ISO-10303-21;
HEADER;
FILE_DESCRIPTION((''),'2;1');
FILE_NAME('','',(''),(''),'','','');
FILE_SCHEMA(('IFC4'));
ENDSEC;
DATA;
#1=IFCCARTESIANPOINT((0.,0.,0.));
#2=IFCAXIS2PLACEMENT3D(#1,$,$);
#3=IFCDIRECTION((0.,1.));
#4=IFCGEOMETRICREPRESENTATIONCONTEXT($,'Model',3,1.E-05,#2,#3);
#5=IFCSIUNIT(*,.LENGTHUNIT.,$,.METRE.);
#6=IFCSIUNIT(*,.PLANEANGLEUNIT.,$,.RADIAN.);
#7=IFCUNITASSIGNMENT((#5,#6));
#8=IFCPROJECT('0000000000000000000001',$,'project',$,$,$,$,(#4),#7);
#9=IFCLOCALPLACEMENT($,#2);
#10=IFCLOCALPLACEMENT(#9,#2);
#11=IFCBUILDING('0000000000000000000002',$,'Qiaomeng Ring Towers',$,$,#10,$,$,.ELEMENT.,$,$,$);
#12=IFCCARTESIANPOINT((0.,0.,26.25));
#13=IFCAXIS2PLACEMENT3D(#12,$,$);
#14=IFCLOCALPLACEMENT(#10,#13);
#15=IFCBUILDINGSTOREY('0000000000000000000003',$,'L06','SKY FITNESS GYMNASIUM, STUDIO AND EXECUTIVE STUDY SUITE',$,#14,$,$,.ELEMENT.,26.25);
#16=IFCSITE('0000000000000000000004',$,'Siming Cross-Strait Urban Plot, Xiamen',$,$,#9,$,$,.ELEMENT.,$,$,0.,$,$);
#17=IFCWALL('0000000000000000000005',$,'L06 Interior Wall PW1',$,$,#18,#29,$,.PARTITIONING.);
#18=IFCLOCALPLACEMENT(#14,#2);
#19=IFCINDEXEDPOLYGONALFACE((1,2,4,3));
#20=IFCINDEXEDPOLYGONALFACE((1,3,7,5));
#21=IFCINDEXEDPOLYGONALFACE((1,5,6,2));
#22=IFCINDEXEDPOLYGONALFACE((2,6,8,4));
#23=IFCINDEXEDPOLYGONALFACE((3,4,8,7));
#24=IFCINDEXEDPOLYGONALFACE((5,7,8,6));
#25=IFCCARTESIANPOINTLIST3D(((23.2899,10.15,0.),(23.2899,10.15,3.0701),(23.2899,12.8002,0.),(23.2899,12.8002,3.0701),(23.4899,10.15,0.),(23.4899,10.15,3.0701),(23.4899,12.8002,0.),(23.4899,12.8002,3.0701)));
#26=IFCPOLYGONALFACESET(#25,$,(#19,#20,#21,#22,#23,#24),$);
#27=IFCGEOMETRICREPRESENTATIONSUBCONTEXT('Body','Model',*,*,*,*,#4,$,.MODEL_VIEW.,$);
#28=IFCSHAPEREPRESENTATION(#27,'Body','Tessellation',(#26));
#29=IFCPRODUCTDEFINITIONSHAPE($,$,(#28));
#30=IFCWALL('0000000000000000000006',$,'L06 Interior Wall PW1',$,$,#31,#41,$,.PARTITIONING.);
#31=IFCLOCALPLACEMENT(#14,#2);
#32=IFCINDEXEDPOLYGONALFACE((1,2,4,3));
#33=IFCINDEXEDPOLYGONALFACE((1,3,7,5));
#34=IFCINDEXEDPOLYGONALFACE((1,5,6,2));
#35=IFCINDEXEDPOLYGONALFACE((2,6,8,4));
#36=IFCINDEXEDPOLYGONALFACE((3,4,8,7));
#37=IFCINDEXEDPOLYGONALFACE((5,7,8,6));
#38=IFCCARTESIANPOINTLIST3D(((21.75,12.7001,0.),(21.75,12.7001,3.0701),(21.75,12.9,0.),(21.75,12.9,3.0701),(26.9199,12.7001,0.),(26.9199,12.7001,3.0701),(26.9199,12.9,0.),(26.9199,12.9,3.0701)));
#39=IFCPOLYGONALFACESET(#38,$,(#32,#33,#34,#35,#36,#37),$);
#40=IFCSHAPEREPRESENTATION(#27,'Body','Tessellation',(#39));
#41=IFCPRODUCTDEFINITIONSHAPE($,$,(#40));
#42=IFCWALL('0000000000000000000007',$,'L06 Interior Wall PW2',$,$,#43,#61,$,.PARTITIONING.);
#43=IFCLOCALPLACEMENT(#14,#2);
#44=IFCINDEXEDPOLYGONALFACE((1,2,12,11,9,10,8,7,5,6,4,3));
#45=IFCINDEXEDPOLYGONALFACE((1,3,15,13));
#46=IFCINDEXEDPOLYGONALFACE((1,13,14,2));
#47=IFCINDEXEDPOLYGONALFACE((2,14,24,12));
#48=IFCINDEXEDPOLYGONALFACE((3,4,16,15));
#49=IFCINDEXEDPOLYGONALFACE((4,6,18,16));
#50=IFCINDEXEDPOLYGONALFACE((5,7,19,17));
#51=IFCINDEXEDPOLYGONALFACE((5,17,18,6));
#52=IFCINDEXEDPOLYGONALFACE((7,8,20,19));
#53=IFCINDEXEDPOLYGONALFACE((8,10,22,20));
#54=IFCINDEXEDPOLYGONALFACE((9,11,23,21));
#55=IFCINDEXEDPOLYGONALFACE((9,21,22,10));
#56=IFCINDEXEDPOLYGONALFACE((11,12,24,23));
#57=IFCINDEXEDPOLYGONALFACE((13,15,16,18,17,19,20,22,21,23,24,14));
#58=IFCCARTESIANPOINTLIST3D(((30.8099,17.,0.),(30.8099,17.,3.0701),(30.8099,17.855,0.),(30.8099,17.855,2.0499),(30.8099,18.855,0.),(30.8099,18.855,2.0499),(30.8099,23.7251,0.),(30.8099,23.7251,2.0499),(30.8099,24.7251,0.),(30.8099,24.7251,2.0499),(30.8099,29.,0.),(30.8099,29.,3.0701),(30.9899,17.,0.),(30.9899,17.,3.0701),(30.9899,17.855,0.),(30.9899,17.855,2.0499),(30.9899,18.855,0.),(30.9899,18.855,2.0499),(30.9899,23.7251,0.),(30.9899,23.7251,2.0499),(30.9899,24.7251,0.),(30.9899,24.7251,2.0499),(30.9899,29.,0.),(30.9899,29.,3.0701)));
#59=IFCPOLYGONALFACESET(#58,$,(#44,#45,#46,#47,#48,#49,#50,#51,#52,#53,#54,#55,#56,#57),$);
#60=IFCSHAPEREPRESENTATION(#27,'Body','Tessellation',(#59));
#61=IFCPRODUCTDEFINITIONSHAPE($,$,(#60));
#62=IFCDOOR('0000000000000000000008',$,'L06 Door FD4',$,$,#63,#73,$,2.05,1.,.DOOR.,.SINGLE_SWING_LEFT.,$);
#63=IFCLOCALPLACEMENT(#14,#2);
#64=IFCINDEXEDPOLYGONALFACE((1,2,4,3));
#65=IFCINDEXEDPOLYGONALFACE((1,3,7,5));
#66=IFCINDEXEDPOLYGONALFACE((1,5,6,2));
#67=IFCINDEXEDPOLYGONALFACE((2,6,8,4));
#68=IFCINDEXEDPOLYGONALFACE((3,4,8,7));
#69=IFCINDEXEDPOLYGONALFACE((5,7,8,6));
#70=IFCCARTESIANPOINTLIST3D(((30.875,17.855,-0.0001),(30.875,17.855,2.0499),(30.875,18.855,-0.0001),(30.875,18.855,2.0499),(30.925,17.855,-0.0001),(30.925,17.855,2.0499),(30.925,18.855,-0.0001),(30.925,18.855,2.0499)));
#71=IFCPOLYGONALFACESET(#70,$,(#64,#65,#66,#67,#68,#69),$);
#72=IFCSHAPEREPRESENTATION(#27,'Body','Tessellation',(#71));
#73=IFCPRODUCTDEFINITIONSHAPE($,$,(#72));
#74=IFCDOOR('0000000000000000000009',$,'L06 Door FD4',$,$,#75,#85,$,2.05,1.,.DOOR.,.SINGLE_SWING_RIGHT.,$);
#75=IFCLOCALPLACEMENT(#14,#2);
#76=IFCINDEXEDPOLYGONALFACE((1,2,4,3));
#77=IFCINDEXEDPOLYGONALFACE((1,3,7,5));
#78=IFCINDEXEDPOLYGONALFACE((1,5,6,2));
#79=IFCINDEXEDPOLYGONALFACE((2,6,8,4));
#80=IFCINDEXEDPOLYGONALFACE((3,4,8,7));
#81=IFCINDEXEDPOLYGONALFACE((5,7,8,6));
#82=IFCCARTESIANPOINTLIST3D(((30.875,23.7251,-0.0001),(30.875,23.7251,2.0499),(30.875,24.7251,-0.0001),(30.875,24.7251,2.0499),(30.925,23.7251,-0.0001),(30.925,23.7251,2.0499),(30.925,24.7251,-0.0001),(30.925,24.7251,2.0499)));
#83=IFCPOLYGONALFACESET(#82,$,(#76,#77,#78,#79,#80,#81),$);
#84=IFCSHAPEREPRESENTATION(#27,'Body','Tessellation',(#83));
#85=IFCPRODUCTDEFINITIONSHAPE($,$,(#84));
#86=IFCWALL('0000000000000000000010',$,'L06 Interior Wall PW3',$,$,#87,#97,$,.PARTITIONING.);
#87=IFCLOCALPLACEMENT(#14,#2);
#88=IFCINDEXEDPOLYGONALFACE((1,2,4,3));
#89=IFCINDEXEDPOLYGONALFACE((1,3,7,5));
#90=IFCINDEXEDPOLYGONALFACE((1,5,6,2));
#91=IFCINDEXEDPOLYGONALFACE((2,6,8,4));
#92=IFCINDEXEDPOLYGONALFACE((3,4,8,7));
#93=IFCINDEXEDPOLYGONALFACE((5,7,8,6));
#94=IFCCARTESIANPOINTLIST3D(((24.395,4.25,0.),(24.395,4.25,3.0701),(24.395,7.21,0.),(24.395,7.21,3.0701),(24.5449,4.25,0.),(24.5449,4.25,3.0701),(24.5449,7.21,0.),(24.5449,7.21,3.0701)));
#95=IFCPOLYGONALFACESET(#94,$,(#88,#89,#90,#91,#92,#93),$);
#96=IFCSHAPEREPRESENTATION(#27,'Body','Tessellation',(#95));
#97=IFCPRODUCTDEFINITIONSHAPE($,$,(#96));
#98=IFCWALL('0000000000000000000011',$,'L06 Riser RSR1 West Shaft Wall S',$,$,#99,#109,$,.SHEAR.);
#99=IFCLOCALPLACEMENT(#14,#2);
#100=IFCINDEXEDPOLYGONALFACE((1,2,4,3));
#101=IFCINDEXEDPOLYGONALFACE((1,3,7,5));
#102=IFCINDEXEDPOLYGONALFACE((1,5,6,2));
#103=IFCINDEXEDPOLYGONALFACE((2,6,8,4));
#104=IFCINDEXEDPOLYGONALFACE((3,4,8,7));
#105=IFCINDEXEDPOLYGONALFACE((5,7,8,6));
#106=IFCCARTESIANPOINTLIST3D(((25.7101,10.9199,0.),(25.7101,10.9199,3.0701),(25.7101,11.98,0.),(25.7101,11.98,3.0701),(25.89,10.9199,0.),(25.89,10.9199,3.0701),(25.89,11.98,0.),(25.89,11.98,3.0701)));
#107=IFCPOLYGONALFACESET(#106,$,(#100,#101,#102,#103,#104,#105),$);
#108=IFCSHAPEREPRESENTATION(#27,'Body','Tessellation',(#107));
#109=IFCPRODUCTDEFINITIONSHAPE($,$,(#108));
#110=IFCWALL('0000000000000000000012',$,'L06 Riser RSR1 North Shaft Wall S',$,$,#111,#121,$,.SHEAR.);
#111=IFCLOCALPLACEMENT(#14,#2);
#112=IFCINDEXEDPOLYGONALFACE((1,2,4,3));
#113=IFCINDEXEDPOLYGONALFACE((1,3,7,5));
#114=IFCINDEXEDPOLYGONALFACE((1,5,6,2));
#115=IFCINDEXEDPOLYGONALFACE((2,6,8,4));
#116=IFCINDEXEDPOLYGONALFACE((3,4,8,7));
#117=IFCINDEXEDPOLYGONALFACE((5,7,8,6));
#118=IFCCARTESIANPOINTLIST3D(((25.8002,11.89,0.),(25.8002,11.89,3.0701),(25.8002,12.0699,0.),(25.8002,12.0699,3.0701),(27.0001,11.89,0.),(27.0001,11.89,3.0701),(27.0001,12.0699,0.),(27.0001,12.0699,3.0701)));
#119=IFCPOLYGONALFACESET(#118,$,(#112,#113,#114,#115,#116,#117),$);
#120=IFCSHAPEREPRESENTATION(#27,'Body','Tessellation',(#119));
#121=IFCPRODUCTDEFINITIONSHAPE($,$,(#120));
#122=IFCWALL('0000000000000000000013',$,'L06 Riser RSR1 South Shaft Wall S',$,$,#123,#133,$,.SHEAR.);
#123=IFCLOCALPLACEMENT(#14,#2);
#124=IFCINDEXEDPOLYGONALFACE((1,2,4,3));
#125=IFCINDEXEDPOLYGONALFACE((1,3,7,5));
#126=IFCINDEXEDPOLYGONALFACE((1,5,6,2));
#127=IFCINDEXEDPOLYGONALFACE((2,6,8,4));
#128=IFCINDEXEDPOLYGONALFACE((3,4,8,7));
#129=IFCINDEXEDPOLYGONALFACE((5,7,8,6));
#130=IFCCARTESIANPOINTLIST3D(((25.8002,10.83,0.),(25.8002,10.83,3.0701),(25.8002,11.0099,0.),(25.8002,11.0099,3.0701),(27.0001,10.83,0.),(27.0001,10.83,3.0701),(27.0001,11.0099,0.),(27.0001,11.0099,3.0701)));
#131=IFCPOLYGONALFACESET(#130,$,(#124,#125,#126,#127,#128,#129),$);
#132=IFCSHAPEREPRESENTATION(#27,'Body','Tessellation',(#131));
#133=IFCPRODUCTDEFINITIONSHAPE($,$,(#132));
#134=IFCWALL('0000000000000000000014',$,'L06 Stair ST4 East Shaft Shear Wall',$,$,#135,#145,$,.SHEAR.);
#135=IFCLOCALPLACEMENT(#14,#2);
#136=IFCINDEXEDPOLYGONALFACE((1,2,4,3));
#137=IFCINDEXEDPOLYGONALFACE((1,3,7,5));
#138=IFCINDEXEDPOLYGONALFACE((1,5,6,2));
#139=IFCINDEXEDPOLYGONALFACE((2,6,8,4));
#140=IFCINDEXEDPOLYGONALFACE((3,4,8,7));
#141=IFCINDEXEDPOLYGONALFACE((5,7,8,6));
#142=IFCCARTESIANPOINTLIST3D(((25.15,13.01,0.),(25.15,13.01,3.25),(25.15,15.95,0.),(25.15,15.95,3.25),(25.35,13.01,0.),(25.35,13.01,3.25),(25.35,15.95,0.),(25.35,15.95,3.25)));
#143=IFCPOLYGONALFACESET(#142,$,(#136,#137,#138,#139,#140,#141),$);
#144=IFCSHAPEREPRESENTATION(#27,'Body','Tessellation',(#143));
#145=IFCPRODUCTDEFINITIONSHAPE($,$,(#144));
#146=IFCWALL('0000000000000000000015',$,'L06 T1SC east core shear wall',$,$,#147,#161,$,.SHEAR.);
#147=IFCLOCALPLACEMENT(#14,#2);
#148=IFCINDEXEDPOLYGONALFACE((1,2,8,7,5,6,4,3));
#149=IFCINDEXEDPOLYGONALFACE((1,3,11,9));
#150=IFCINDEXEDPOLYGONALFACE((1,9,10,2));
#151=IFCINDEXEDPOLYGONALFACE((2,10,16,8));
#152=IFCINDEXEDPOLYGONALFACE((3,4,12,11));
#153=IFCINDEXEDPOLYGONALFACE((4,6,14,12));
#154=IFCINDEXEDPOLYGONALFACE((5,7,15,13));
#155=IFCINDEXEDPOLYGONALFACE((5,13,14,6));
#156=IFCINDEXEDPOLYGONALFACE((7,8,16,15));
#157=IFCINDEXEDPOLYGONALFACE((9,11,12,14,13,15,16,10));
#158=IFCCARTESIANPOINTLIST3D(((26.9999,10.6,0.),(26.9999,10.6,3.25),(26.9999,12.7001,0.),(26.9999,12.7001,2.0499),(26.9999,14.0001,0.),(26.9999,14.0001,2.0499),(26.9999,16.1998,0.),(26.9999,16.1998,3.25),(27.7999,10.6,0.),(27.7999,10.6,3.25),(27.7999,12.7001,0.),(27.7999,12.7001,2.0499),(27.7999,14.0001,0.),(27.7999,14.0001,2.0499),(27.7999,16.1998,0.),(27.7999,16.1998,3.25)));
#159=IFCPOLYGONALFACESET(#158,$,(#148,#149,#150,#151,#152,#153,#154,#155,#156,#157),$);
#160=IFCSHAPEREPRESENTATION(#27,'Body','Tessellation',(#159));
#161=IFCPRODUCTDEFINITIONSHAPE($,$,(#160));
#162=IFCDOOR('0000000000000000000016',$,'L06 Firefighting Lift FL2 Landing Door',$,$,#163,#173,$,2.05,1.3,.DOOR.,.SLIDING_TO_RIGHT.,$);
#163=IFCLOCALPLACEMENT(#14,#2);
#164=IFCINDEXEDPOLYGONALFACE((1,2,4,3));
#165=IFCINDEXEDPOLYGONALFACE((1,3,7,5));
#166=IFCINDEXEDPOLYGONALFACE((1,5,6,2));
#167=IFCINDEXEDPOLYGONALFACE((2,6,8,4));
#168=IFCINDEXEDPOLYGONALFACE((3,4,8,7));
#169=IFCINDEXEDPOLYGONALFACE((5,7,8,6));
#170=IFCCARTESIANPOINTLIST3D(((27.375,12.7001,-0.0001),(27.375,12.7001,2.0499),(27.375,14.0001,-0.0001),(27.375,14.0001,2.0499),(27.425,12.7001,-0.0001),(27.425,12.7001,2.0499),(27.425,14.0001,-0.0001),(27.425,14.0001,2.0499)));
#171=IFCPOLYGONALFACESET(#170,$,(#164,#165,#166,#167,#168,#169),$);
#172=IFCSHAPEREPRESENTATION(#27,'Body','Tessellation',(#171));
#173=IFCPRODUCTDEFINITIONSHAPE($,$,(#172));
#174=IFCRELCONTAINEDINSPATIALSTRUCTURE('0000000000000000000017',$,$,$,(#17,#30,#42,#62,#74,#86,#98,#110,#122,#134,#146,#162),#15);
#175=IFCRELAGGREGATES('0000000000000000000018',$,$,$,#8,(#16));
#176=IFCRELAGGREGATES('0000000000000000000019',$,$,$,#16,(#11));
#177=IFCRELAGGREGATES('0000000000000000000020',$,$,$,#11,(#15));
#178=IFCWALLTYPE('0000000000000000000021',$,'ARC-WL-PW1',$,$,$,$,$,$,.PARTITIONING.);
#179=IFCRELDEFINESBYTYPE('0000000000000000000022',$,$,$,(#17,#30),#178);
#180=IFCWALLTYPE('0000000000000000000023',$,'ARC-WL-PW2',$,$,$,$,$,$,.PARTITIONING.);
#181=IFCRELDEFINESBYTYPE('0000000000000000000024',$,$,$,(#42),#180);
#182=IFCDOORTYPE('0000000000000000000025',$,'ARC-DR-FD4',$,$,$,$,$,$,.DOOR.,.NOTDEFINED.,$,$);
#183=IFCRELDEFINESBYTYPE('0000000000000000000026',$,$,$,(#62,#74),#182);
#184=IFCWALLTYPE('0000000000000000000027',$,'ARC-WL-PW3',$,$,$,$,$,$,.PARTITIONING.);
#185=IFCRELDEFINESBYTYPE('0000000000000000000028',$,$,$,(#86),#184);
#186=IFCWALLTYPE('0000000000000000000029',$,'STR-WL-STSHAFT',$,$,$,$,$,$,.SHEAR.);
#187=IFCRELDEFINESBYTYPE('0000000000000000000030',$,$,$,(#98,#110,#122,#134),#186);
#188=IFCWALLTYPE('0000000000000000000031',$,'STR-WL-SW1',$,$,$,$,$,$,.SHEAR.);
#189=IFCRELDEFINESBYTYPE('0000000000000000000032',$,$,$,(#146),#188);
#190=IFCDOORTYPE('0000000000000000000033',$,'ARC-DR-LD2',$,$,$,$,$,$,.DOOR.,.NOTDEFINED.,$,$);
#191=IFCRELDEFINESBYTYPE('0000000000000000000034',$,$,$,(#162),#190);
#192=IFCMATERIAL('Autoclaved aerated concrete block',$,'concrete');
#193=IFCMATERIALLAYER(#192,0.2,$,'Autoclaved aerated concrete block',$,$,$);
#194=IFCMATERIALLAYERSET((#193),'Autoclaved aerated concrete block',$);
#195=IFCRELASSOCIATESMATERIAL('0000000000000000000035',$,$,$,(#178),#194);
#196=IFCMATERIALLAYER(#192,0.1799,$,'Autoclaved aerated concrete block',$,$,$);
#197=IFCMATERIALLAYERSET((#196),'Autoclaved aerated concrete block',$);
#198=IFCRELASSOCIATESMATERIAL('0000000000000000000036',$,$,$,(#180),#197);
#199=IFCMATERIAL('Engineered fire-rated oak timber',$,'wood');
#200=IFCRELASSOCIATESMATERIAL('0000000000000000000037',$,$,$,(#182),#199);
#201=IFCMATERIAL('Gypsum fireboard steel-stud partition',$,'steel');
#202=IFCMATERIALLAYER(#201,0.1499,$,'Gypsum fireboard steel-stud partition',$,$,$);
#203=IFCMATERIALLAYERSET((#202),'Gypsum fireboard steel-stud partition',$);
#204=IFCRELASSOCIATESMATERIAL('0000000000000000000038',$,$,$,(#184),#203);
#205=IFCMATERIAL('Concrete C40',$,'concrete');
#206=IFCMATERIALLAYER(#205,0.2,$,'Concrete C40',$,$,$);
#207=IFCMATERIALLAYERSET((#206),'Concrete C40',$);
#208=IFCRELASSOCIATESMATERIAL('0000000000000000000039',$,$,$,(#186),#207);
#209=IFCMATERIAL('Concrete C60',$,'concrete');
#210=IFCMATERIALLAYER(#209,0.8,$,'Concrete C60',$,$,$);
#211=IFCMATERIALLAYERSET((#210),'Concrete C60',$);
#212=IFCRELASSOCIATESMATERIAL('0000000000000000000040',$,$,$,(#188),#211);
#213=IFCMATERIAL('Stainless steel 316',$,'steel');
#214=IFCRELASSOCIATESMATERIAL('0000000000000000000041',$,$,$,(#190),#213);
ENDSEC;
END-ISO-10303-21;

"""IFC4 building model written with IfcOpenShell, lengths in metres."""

from ifc_helpers import new_model, si_unit, direction, frame, frame_2d, origin, place, context, subcontext, project, spatial, rectangle, extrude, source, transform, mapped, material, layer, layer_set, type_object, element, fill, save


model = new_model("IFC4")

# Units and contexts
model_context = context("Model", 3, precision=1e-05, world=origin(), true_north=direction((0.0, 1.0)))
body_context = subcontext(model_context, "Body", "Model", "MODEL_VIEW")
ifc_project = project(units=[si_unit("LENGTHUNIT", "METRE"), si_unit("PLANEANGLEUNIT", "RADIAN")], contexts=[model_context])

# Site, building, storey
site_placement = place(None, origin())
site = spatial("IfcSite", under=ifc_project, at=site_placement, Name="Siming Cross-Strait Urban Plot, Xiamen", CompositionType="ELEMENT", RefElevation=0.0)
building_placement = place(site_placement, origin())
building = spatial("IfcBuilding", under=site, at=building_placement, Name="Qiaomeng Ring Towers", CompositionType="ELEMENT")
storey_placement = place(building_placement, frame((0.0, 0.0, 26.25)))
storey = spatial("IfcBuildingStorey", under=building, at=storey_placement, Name="L06", Description="SKY FITNESS GYMNASIUM, STUDIO AND EXECUTIVE STUDY SUITE", CompositionType="ELEMENT", Elevation=26.25)

# Shared definitions
ifc_material_1 = material(Name="Concrete C60", Category="concrete")

# Shared definitions
ifc_material_2 = material(Name="Autoclaved aerated concrete block", Category="concrete")
ifc_layer_1 = layer(ifc_material_2, 0.2, Name="Autoclaved aerated concrete block")
ifc_layer_set_1 = layer_set([ifc_layer_1], Name="Autoclaved aerated concrete block")
wall_type_1 = type_object("IfcWallType", Name="ARC-WL-PW1", PredefinedType="PARTITIONING", material=ifc_layer_set_1)

# Walls
wall_1_placement = place(storey_placement, frame((23.3899, 10.1499, 0.0), z_axis=(0.0, 0.0, 1.0), x_axis=(0.0, 1.0, 0.0)))
element("IfcWall", 1, at=wall_1_placement, inside=storey, type_object=wall_type_1, Name="L06 Interior Wall PW1", PredefinedType="PARTITIONING", context=body_context, shape_type="SweptSolid", body=[
    extrude(rectangle(XDim=2.6501, YDim=0.2, at=frame_2d((1.3252, 0.0))), origin(), (0.0, 0.0, 1.0), 3.0701),
])
wall_2_placement = place(storey_placement, frame((21.75, 12.8, 0.0), z_axis=(0.0, 0.0, 1.0), x_axis=(1.0, 0.0, 0.0)))
element("IfcWall", 2, at=wall_2_placement, inside=storey, type_object=wall_type_1, Name="L06 Interior Wall PW1", PredefinedType="PARTITIONING", context=body_context, shape_type="SweptSolid", body=[
    extrude(rectangle(XDim=5.1699, YDim=0.2, at=frame_2d((2.585, 0.0))), origin(), (0.0, 0.0, 1.0), 3.0701),
])

# Wall, openings, doors
ifc_layer_2 = layer(ifc_material_2, 0.1799, Name="Autoclaved aerated concrete block")
ifc_layer_set_2 = layer_set([ifc_layer_2], Name="Autoclaved aerated concrete block")
wall_type_2 = type_object("IfcWallType", Name="ARC-WL-PW2", PredefinedType="PARTITIONING", material=ifc_layer_set_2)
wall_3_placement = place(storey_placement, frame((30.8999, 17.0, 0.0), z_axis=(0.0, 0.0, 1.0), x_axis=(0.0, 1.0, 0.0)))
wall_3 = element("IfcWall", 3, at=wall_3_placement, inside=storey, type_object=wall_type_2, Name="L06 Interior Wall PW2", PredefinedType="PARTITIONING", context=body_context, shape_type="SweptSolid", body=[
    extrude(rectangle(XDim=12.0, YDim=0.1799, at=frame_2d((6.0, 0.0))), origin(), (0.0, 0.0, 1.0), 3.0701),
])
opening_1_placement = place(wall_3_placement, frame((0.855, 0.0, 0.0)))
opening_1 = element("IfcOpeningElement", 4, at=opening_1_placement, cuts=wall_3, PredefinedType="OPENING", context=body_context, shape_type="SweptSolid", body=[
    extrude(rectangle(XDim=1.0, YDim=2.05, at=frame_2d((0.5, 1.0249))), frame((0.0, 0.0999, 0.0), z_axis=(0.0, -1.0, 0.0), x_axis=(1.0, 0.0, 0.0)), (0.0, 0.0, 1.0), 0.2),
])
opening_2_placement = place(wall_3_placement, frame((6.7251, 0.0, 0.0)))
opening_2 = element("IfcOpeningElement", 5, at=opening_2_placement, cuts=wall_3, PredefinedType="OPENING", context=body_context, shape_type="SweptSolid", body=[
    extrude(rectangle(XDim=1.0, YDim=2.05, at=frame_2d((0.5, 1.0249))), frame((0.0, 0.0999, 0.0), z_axis=(0.0, -1.0, 0.0), x_axis=(1.0, 0.0, 0.0)), (0.0, 0.0, 1.0), 0.2),
])
ifc_material_3 = material(Name="Engineered fire-rated oak timber", Category="wood")
door_type_1 = type_object("IfcDoorType", Name="ARC-DR-FD4", OperationType="NOTDEFINED", PredefinedType="DOOR", material=ifc_material_3)
shared_shape_1 = source(origin(), body_context, "Body", "SweptSolid", [
    extrude(rectangle(XDim=1.0, YDim=2.05, at=frame_2d((0.5, 1.0249))), frame((0.0, 0.0249, 0.0), z_axis=(0.0, -1.0, 0.0), x_axis=(1.0, 0.0, 0.0)), (0.0, 0.0, 1.0), 0.05),
])
door_1_placement = place(opening_1_placement, origin())
door_1 = element("IfcDoor", 6, at=door_1_placement, inside=storey, type_object=door_type_1, Name="L06 Door FD4", OperationType="SINGLE_SWING_LEFT", OverallHeight=2.05, OverallWidth=1.0, PredefinedType="DOOR", context=body_context, shape_type="MappedRepresentation", body=[
    mapped(shared_shape_1, transform((0.0, 0.0, 0.0), x_axis=(1.0, 0.0, 0.0), y_axis=(0.0, 1.0, 0.0), z_axis=(0.0, 0.0, 1.0), scale=1.0)),
])
fill(opening_1, door_1)
door_2_placement = place(opening_2_placement, origin())
door_2 = element("IfcDoor", 7, at=door_2_placement, inside=storey, type_object=door_type_1, Name="L06 Door FD4", OperationType="SINGLE_SWING_RIGHT", OverallHeight=2.05, OverallWidth=1.0, PredefinedType="DOOR", context=body_context, shape_type="MappedRepresentation", body=[
    mapped(shared_shape_1, transform((0.0, 0.0, 0.0), x_axis=(1.0, 0.0, 0.0), y_axis=(0.0, 1.0, 0.0), z_axis=(0.0, 0.0, 1.0), scale=1.0)),
])
fill(opening_2, door_2)

# Walls
ifc_material_4 = material(Name="Gypsum fireboard steel-stud partition", Category="steel")
ifc_layer_3 = layer(ifc_material_4, 0.1499, Name="Gypsum fireboard steel-stud partition")
ifc_layer_set_3 = layer_set([ifc_layer_3], Name="Gypsum fireboard steel-stud partition")
wall_type_3 = type_object("IfcWallType", Name="ARC-WL-PW3", PredefinedType="PARTITIONING", material=ifc_layer_set_3)
wall_4_placement = place(storey_placement, frame((24.47, 4.25, 0.0), z_axis=(0.0, 0.0, 1.0), x_axis=(0.0, 1.0, 0.0)))
element("IfcWall", 8, at=wall_4_placement, inside=storey, type_object=wall_type_3, Name="L06 Interior Wall PW3", PredefinedType="PARTITIONING", context=body_context, shape_type="SweptSolid", body=[
    extrude(rectangle(XDim=2.96, YDim=0.1499, at=frame_2d((1.48, 0.0))), origin(), (0.0, 0.0, 1.0), 3.0701),
])
ifc_material_5 = material(Name="Concrete C40", Category="concrete")
ifc_layer_4 = layer(ifc_material_5, 0.2, Name="Concrete C40")
ifc_layer_set_4 = layer_set([ifc_layer_4], Name="Concrete C40")
wall_type_4 = type_object("IfcWallType", Name="STR-WL-STSHAFT", PredefinedType="SHEAR", material=ifc_layer_set_4)
wall_5_placement = place(storey_placement, frame((25.8, 10.9199, 0.0), z_axis=(0.0, 0.0, 1.0), x_axis=(0.0, 1.0, 0.0)))
element("IfcWall", 9, at=wall_5_placement, inside=storey, type_object=wall_type_4, Name="L06 Riser RSR1 West Shaft Wall S", PredefinedType="SHEAR", context=body_context, shape_type="SweptSolid", body=[
    extrude(rectangle(XDim=1.0601, YDim=0.1799, at=frame_2d((0.53, 0.0))), origin(), (0.0, 0.0, 1.0), 3.0701),
])
for number, where, z_axis, x_axis, name in (
    (10, (25.8, 11.98, 0.0), (0.0, 0.0, 1.0), (1.0, 0.0, 0.0), "L06 Riser RSR1 North Shaft Wall S"),
    (11, (25.8, 10.9199, 0.0), (0.0, 0.0, 1.0), (1.0, 0.0, 0.0), "L06 Riser RSR1 South Shaft Wall S"),
):
    element("IfcWall", number, at=place(storey_placement, frame(where, z_axis=z_axis, x_axis=x_axis)), inside=storey, type_object=wall_type_4, Name=name, PredefinedType="SHEAR", context=body_context, shape_type="SweptSolid", body=[
        extrude(rectangle(XDim=1.2, YDim=0.1799, at=frame_2d((0.6001, 0.0))), origin(), (0.0, 0.0, 1.0), 3.0701),
    ])
wall_6_placement = place(storey_placement, frame((25.25, 13.01, 0.0), z_axis=(0.0, 0.0, 1.0), x_axis=(0.0, 1.0, 0.0)))
element("IfcWall", 12, at=wall_6_placement, inside=storey, type_object=wall_type_4, Name="L06 Stair ST4 East Shaft Shear Wall", PredefinedType="SHEAR", context=body_context, shape_type="SweptSolid", body=[
    extrude(rectangle(XDim=2.9399, YDim=0.2, at=frame_2d((1.47, 0.0))), origin(), (0.0, 0.0, 1.0), 3.25),
])

# Wall, opening, door
ifc_layer_5 = layer(ifc_material_1, 0.8, Name="Concrete C60")
ifc_layer_set_5 = layer_set([ifc_layer_5], Name="Concrete C60")
wall_type_5 = type_object("IfcWallType", Name="STR-WL-SW1", PredefinedType="SHEAR", material=ifc_layer_set_5)
wall_7_placement = place(storey_placement, frame((27.3999, 10.6001, 0.0), z_axis=(0.0, 0.0, 1.0), x_axis=(0.0, 1.0, 0.0)))
wall_7 = element("IfcWall", 13, at=wall_7_placement, inside=storey, type_object=wall_type_5, Name="L06 T1SC east core shear wall", PredefinedType="SHEAR", context=body_context, shape_type="SweptSolid", body=[
    extrude(rectangle(XDim=5.5999, YDim=0.8, at=frame_2d((2.7998, 0.0))), origin(), (0.0, 0.0, 1.0), 3.25),
])
opening_3_placement = place(wall_7_placement, frame((2.1001, 0.0, 0.0)))
opening_3 = element("IfcOpeningElement", 14, at=opening_3_placement, cuts=wall_7, PredefinedType="OPENING", context=body_context, shape_type="SweptSolid", body=[
    extrude(rectangle(XDim=1.3, YDim=2.05, at=frame_2d((0.6499, 1.0249))), frame((0.0, 0.4099, 0.0), z_axis=(0.0, -1.0, 0.0), x_axis=(1.0, 0.0, 0.0)), (0.0, 0.0, 1.0), 0.8201),
])
ifc_material_6 = material(Name="Stainless steel 316", Category="steel")
door_type_2 = type_object("IfcDoorType", Name="ARC-DR-LD2", OperationType="NOTDEFINED", PredefinedType="DOOR", material=ifc_material_6)
shared_shape_2 = source(origin(), body_context, "Body", "SweptSolid", [
    extrude(rectangle(XDim=1.3, YDim=2.05, at=frame_2d((0.6499, 1.0249))), frame((0.0, 0.0249, 0.0), z_axis=(0.0, -1.0, 0.0), x_axis=(1.0, 0.0, 0.0)), (0.0, 0.0, 1.0), 0.05),
])
door_3_placement = place(opening_3_placement, origin())
door_3 = element("IfcDoor", 15, at=door_3_placement, inside=storey, type_object=door_type_2, Name="L06 Firefighting Lift FL2 Landing Door", OperationType="SLIDING_TO_RIGHT", OverallHeight=2.05, OverallWidth=1.3, PredefinedType="DOOR", context=body_context, shape_type="MappedRepresentation", body=[
    mapped(shared_shape_2, transform((0.0, 0.0, 0.0), x_axis=(1.0, 0.0, 0.0), y_axis=(0.0, 1.0, 0.0), z_axis=(0.0, 0.0, 1.0), scale=1.0)),
])
fill(opening_3, door_3)

save(model, "model.ifc")
